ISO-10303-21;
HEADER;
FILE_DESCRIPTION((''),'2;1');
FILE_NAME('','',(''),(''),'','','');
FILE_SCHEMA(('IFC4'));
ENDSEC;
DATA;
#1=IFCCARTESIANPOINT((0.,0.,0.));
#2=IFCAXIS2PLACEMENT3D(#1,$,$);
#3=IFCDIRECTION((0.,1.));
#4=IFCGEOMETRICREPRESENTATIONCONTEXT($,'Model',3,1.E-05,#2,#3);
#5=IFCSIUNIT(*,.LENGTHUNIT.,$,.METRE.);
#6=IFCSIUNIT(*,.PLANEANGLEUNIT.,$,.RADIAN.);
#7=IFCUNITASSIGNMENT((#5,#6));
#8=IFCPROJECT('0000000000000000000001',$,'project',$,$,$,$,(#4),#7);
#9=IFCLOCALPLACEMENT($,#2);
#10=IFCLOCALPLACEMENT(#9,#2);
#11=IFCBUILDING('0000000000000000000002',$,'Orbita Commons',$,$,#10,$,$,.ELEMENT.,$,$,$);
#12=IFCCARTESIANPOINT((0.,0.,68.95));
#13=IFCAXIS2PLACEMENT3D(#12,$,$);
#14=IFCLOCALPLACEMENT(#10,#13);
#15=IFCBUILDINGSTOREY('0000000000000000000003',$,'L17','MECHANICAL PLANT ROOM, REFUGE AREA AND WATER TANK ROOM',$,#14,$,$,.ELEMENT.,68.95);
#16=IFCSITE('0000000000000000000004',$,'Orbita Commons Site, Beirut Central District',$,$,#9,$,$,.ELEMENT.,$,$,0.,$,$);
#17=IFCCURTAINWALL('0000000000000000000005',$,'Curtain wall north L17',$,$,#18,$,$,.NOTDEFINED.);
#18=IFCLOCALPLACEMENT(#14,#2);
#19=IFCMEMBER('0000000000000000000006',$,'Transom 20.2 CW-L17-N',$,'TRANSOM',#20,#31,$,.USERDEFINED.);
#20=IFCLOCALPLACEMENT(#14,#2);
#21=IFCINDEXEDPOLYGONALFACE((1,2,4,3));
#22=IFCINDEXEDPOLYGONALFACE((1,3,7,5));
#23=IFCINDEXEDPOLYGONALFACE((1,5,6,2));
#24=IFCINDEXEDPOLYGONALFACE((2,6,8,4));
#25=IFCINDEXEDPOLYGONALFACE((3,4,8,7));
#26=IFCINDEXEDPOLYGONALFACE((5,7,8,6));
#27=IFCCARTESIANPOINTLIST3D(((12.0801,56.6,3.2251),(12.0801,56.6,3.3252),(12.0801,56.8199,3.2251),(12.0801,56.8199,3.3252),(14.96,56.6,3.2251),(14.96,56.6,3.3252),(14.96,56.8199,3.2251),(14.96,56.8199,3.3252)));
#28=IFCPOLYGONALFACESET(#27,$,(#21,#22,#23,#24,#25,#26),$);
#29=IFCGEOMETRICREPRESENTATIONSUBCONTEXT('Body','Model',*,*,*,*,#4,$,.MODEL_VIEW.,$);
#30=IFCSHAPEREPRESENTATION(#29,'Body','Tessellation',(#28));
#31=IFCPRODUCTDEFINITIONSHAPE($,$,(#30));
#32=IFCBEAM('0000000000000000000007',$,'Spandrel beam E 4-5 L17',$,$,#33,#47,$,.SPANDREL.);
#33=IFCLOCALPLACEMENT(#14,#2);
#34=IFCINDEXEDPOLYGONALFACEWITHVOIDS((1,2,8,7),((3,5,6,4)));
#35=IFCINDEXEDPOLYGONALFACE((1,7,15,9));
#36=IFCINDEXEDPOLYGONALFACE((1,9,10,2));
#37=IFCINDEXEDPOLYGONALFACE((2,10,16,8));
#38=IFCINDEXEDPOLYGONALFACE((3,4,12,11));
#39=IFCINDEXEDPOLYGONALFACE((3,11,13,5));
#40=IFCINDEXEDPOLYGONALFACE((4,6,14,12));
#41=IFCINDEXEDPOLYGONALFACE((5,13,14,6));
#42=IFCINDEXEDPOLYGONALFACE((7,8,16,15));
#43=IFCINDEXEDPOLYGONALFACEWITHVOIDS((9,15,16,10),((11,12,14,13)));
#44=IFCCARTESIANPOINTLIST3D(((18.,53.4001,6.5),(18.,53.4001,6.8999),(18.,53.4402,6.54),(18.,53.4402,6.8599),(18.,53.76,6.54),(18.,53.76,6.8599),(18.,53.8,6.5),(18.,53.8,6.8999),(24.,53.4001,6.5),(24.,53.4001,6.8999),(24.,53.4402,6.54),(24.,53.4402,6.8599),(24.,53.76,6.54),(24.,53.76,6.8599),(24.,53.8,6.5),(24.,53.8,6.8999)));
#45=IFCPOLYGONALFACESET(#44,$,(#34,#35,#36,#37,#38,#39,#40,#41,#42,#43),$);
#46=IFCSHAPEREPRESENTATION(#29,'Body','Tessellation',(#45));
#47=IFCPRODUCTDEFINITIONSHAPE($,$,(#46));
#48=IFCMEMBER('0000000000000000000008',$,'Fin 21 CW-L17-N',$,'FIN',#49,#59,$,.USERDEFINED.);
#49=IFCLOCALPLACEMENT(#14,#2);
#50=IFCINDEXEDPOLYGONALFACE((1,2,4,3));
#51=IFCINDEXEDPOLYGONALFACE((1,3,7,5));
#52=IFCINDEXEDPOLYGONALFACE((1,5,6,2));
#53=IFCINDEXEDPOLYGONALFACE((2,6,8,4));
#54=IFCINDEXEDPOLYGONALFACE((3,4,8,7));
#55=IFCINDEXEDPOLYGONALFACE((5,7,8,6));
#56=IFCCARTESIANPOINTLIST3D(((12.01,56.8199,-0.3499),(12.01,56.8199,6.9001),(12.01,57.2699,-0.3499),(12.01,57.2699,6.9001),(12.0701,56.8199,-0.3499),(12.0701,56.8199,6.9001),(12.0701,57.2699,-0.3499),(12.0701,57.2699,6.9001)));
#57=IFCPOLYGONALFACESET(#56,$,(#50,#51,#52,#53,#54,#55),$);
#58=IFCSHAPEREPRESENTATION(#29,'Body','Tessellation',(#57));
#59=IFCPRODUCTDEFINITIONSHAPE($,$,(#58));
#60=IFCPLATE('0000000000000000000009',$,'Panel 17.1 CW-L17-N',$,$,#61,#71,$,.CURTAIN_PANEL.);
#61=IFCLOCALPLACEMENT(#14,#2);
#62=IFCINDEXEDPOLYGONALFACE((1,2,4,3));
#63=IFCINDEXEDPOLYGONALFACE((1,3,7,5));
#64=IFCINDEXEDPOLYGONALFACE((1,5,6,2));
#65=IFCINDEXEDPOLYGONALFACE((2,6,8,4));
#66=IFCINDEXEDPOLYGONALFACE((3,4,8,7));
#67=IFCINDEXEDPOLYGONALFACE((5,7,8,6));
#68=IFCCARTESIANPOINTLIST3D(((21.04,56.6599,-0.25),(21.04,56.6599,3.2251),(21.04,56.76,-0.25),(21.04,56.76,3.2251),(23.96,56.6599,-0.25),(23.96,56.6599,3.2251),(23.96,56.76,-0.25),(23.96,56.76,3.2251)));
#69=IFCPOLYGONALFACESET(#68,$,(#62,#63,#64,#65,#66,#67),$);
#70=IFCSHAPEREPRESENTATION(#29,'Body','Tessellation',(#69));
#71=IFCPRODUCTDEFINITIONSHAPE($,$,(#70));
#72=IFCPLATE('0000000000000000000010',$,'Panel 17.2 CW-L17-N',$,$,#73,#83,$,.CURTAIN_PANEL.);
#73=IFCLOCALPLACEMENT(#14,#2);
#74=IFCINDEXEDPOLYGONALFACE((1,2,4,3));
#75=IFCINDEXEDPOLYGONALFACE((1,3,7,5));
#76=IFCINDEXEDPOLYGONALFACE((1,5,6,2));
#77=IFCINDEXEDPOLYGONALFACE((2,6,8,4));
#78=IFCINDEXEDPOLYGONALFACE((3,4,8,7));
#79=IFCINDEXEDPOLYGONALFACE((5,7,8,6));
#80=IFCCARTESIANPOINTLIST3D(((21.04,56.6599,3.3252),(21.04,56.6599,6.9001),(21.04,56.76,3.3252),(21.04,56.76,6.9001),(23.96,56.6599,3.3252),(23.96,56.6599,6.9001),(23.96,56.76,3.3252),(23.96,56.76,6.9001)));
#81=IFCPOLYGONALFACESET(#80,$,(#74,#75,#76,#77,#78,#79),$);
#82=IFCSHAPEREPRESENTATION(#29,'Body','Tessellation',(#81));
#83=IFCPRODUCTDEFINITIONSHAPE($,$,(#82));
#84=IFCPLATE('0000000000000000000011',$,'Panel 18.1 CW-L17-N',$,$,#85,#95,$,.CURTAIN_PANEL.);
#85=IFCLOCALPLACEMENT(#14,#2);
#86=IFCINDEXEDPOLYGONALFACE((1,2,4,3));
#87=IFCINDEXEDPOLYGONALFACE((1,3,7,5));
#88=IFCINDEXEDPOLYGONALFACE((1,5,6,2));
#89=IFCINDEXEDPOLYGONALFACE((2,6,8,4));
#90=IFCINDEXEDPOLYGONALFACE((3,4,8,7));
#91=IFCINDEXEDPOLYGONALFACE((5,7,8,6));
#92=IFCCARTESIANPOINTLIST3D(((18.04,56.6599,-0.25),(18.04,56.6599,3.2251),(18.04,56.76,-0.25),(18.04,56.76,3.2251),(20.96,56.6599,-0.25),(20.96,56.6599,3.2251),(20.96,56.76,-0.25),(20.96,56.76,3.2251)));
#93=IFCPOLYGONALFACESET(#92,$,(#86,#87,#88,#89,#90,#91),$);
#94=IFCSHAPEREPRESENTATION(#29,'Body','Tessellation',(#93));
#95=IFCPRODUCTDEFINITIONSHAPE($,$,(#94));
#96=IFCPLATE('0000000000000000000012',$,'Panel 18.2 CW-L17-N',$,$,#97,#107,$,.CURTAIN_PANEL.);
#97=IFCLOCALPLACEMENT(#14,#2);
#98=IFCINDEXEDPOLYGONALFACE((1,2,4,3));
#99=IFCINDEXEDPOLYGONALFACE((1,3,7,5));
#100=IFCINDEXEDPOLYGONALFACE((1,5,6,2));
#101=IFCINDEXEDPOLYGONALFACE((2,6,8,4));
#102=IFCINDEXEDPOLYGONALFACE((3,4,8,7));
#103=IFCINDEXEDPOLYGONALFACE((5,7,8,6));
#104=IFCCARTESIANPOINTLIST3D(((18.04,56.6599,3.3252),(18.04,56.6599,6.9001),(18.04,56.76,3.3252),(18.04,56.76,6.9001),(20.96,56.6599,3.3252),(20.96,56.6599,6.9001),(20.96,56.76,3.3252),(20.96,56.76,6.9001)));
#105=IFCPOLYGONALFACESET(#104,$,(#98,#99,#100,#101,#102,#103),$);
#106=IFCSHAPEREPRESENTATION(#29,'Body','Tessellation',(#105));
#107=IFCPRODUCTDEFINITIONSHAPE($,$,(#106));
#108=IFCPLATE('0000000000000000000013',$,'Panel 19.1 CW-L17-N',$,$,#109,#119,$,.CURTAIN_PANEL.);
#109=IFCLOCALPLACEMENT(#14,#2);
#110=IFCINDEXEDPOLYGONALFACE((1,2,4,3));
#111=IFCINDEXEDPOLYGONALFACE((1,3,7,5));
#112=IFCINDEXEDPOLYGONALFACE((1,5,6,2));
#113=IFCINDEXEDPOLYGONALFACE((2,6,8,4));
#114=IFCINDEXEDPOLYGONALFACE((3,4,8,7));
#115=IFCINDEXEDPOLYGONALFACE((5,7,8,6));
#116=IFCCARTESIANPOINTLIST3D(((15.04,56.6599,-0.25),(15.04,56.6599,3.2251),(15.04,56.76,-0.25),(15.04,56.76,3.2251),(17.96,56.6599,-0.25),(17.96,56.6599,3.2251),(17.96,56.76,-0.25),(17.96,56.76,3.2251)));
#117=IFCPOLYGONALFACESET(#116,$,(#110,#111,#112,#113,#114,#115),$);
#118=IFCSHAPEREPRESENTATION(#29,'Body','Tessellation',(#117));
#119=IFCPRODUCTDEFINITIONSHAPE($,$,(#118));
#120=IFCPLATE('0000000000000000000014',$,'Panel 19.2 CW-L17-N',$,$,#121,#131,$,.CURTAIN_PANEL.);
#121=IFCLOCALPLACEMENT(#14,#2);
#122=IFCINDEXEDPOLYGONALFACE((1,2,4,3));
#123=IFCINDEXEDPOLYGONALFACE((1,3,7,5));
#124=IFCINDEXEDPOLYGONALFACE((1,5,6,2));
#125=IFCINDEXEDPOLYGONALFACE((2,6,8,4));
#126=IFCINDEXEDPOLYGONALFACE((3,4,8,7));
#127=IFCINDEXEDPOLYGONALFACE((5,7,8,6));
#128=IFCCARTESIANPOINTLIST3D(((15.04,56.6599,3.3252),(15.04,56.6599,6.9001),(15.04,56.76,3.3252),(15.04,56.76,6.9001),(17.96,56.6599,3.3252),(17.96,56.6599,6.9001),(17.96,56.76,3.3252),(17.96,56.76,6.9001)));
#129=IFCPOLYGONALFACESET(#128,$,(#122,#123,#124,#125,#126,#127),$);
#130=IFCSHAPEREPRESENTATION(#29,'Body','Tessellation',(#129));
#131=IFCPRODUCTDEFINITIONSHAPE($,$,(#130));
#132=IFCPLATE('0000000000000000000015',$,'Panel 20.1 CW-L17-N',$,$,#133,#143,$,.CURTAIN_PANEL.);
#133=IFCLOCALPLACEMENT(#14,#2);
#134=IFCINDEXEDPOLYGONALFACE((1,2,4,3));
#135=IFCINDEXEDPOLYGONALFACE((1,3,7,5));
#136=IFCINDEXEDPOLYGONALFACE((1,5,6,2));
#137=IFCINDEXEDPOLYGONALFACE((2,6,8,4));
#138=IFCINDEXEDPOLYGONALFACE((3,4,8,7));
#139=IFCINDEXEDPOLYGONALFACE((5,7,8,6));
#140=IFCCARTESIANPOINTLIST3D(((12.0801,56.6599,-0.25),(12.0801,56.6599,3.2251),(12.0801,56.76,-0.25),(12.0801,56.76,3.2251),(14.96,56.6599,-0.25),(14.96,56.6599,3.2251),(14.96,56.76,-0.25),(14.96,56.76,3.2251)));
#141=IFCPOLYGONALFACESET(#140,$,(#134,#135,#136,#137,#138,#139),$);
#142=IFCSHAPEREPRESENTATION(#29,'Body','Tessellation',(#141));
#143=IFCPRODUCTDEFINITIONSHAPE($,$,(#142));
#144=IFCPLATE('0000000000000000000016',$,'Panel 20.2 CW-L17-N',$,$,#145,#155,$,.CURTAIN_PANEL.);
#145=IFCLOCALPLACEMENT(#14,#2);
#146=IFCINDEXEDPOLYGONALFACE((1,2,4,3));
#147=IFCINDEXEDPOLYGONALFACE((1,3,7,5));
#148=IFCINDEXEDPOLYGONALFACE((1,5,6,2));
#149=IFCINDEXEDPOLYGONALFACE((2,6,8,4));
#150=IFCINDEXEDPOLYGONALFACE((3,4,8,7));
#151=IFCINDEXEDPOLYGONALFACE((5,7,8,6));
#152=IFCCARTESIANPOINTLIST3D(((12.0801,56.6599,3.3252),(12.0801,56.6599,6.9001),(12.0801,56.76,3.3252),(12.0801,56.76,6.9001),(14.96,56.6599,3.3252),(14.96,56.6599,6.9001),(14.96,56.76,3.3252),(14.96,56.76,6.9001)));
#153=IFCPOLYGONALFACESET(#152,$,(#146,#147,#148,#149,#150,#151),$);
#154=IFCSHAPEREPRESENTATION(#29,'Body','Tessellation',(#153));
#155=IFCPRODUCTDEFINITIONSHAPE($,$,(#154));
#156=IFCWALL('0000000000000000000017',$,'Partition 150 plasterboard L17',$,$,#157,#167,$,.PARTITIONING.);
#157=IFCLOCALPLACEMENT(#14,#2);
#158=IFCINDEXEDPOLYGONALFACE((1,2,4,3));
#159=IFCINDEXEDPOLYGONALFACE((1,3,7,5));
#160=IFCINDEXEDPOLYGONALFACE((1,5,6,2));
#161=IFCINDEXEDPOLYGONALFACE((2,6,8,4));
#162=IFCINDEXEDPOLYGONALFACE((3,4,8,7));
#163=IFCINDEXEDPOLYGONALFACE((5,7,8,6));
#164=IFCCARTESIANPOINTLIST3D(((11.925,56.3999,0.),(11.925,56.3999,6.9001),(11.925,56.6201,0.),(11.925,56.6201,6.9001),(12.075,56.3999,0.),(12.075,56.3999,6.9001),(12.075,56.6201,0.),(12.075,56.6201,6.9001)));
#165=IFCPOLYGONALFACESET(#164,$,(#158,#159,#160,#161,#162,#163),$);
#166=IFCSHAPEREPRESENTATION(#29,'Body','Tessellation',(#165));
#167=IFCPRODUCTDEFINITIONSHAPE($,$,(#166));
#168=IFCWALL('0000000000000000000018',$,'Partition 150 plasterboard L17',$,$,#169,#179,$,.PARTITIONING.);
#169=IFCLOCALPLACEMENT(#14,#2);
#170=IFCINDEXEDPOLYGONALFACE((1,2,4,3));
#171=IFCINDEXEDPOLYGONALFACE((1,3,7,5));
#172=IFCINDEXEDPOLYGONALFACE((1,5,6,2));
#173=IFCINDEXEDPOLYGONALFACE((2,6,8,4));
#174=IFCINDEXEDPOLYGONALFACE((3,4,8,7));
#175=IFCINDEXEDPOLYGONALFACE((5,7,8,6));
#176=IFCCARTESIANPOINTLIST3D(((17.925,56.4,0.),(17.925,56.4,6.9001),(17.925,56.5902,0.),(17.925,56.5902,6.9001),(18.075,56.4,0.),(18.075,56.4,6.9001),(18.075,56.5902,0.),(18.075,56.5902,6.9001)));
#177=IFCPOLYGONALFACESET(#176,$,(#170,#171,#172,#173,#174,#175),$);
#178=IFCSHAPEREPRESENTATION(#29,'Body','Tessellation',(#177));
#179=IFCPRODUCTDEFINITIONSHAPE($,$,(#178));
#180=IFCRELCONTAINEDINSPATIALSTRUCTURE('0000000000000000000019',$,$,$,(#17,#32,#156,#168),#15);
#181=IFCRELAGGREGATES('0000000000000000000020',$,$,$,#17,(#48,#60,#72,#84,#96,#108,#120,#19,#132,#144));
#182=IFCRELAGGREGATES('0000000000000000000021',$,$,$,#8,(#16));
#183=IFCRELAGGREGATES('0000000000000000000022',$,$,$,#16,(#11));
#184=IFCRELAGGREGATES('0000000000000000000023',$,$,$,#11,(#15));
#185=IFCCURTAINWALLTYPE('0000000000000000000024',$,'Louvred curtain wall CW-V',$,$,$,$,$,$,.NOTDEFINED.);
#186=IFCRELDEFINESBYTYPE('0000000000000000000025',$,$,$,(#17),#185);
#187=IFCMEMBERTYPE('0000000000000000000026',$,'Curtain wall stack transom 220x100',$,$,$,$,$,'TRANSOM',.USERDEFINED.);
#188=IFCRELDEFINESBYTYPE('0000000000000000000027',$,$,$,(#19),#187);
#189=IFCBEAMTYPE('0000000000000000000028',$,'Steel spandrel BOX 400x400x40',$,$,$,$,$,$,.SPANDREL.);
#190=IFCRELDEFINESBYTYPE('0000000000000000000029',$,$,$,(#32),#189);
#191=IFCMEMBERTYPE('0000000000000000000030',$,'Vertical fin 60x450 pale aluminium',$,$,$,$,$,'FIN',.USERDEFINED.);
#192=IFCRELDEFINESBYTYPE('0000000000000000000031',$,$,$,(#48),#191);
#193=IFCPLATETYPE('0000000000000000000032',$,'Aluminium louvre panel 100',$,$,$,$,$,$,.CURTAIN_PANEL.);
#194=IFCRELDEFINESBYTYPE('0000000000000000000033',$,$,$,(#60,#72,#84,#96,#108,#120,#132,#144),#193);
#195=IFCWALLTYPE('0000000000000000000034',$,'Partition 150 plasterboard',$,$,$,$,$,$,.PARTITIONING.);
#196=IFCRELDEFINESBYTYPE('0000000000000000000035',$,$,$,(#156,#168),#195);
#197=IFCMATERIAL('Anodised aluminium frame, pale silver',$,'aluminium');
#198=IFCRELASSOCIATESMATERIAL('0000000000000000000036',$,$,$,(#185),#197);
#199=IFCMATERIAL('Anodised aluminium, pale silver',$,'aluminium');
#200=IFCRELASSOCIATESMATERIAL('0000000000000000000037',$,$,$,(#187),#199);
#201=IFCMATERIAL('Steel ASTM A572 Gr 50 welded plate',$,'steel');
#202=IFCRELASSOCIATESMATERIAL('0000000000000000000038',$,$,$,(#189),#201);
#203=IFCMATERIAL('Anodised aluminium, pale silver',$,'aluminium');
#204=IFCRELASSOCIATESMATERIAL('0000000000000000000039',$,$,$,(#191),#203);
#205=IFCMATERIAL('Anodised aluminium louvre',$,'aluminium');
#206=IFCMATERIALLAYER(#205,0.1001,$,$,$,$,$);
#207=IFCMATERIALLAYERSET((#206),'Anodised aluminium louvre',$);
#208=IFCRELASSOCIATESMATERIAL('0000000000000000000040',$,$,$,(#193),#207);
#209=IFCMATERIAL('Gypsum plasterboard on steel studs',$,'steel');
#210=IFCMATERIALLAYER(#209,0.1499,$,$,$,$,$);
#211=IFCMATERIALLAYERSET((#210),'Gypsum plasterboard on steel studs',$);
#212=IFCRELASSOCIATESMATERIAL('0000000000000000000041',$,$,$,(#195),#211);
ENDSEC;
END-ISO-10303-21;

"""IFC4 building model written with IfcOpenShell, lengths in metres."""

from ifc_helpers import new_model, si_unit, direction, frame, frame_2d, origin, origin_2d, place, context, subcontext, project, spatial, rectangle, hollow_rectangle, extrude, material, layer, layer_set, material_profile, profile_set, type_object, element, aggregate, save


model = new_model("IFC4")

# Units and contexts
model_context = context("Model", 3, precision=1e-05, world=origin(), true_north=direction((0.0, 1.0)))
body_context = subcontext(model_context, "Body", "Model", "MODEL_VIEW")
ifc_project = project(units=[si_unit("LENGTHUNIT", "METRE"), si_unit("PLANEANGLEUNIT", "RADIAN")], contexts=[model_context])

# Site, building, storey
site_placement = place(None, origin())
site = spatial("IfcSite", under=ifc_project, at=site_placement, Name="Orbita Commons Site, Beirut Central District", CompositionType="ELEMENT", RefElevation=0.0)
building_placement = place(site_placement, origin())
building = spatial("IfcBuilding", under=site, at=building_placement, Name="Orbita Commons", CompositionType="ELEMENT")
storey_placement = place(building_placement, frame((0.0, 0.0, 68.95)))
storey = spatial("IfcBuildingStorey", under=building, at=storey_placement, Name="L17", Description="MECHANICAL PLANT ROOM, REFUGE AREA AND WATER TANK ROOM", CompositionType="ELEMENT", Elevation=68.95)

# Curtain wall, member
ifc_material_1 = material(Name="Anodised aluminium frame, pale silver", Category="aluminium")
curtain_wall_type = type_object("IfcCurtainWallType", Name="Louvred curtain wall CW-V", PredefinedType="NOTDEFINED", material=ifc_material_1)
curtain_wall_placement = place(storey_placement, origin())
curtain_wall = element("IfcCurtainWall", 1, at=curtain_wall_placement, inside=storey, type_object=curtain_wall_type, Name="Curtain wall north L17", PredefinedType="NOTDEFINED")
ifc_material_2 = material(Name="Anodised aluminium, pale silver", Category="aluminium")
ifc_material_profile_1 = material_profile(ifc_material_2, rectangle(XDim=0.22, YDim=0.1001, at=origin_2d()), Name="AL 220x100")
ifc_profile_set_1 = profile_set([ifc_material_profile_1], Name="Anodised aluminium, pale silver")
member_type_1 = type_object("IfcMemberType", Name="Curtain wall stack transom 220x100", ElementType="TRANSOM", PredefinedType="USERDEFINED", material=ifc_profile_set_1)
member_1_placement = place(storey_placement, frame((14.96, 56.71, 3.2751), z_axis=(-1.0, 0.0, 0.0), x_axis=(0.0, -1.0, 0.0)))
member_1 = element("IfcMember", 2, at=member_1_placement, type_object=member_type_1, Name="Transom 20.2 CW-L17-N", ObjectType="TRANSOM", PredefinedType="USERDEFINED", context=body_context, shape_type="SweptSolid", body=[
    extrude(rectangle(XDim=0.22, YDim=0.1001, at=origin_2d()), origin(), (0.0, 0.0, 1.0), 2.8799),
])

# Beam
ifc_material_3 = material(Name="Steel ASTM A572 Gr 50 welded plate", Category="steel")
ifc_material_profile_2 = material_profile(ifc_material_3, hollow_rectangle(XDim=0.3999, YDim=0.3999, WallThickness=0.04, at=origin_2d()), Name="BOX 400x400x40")
ifc_profile_set_2 = profile_set([ifc_material_profile_2], Name="Steel ASTM A572 Gr 50 welded plate")
beam_type = type_object("IfcBeamType", Name="Steel spandrel BOX 400x400x40", PredefinedType="SPANDREL", material=ifc_profile_set_2)
beam_placement = place(storey_placement, frame((18.0, 53.6001, 6.7), z_axis=(1.0, 0.0, 0.0), x_axis=(0.0, 1.0, 0.0)))
element("IfcBeam", 3, at=beam_placement, inside=storey, type_object=beam_type, Name="Spandrel beam E 4-5 L17", PredefinedType="SPANDREL", context=body_context, shape_type="SweptSolid", body=[
    extrude(hollow_rectangle(XDim=0.3999, YDim=0.3999, WallThickness=0.04, at=origin_2d()), origin(), (0.0, 0.0, 1.0), 6.0),
])

# Member
ifc_material_4 = material(Name="Anodised aluminium, pale silver", Category="aluminium")
ifc_material_profile_3 = material_profile(ifc_material_4, rectangle(XDim=0.0601, YDim=0.45, at=origin_2d()), Name="FIN 60x450")
ifc_profile_set_3 = profile_set([ifc_material_profile_3], Name="Anodised aluminium, pale silver")
member_type_2 = type_object("IfcMemberType", Name="Vertical fin 60x450 pale aluminium", ElementType="FIN", PredefinedType="USERDEFINED", material=ifc_profile_set_3)
member_2_placement = place(storey_placement, frame((12.04, 57.0449, -0.3499), z_axis=(0.0, 0.0, 1.0), x_axis=(-1.0, 0.0, 0.0)))
member_2 = element("IfcMember", 4, at=member_2_placement, type_object=member_type_2, Name="Fin 21 CW-L17-N", ObjectType="FIN", PredefinedType="USERDEFINED", context=body_context, shape_type="SweptSolid", body=[
    extrude(rectangle(XDim=0.0601, YDim=0.45, at=origin_2d()), origin(), (0.0, 0.0, 1.0), 7.25),
])

# Plates
ifc_material_5 = material(Name="Anodised aluminium louvre", Category="aluminium")
ifc_layer_1 = layer(ifc_material_5, 0.1001)
ifc_layer_set_1 = layer_set([ifc_layer_1], Name="Anodised aluminium louvre")
plate_type = type_object("IfcPlateType", Name="Aluminium louvre panel 100", PredefinedType="CURTAIN_PANEL", material=ifc_layer_set_1)
plate_1_placement = place(storey_placement, frame((22.5, 56.71, -0.25), z_axis=(0.0, 0.0, 1.0), x_axis=(-1.0, 0.0, 0.0)))
plate_1 = element("IfcPlate", 5, at=plate_1_placement, type_object=plate_type, Name="Panel 17.1 CW-L17-N", PredefinedType="CURTAIN_PANEL", context=body_context, shape_type="SweptSolid", body=[
    extrude(rectangle(XDim=2.9199, YDim=0.1001, at=origin_2d()), origin(), (0.0, 0.0, 1.0), 3.4751),
])
plate_2_placement = place(storey_placement, frame((22.5, 56.71, 3.3252), z_axis=(0.0, 0.0, 1.0), x_axis=(-1.0, 0.0, 0.0)))
plate_2 = element("IfcPlate", 6, at=plate_2_placement, type_object=plate_type, Name="Panel 17.2 CW-L17-N", PredefinedType="CURTAIN_PANEL", context=body_context, shape_type="SweptSolid", body=[
    extrude(rectangle(XDim=2.9199, YDim=0.1001, at=origin_2d()), origin(), (0.0, 0.0, 1.0), 3.575),
])
plate_3_placement = place(storey_placement, frame((19.5, 56.71, -0.25), z_axis=(0.0, 0.0, 1.0), x_axis=(-1.0, 0.0, 0.0)))
plate_3 = element("IfcPlate", 7, at=plate_3_placement, type_object=plate_type, Name="Panel 18.1 CW-L17-N", PredefinedType="CURTAIN_PANEL", context=body_context, shape_type="SweptSolid", body=[
    extrude(rectangle(XDim=2.9199, YDim=0.1001, at=origin_2d()), origin(), (0.0, 0.0, 1.0), 3.4751),
])
plate_4_placement = place(storey_placement, frame((19.5, 56.71, 3.3252), z_axis=(0.0, 0.0, 1.0), x_axis=(-1.0, 0.0, 0.0)))
plate_4 = element("IfcPlate", 8, at=plate_4_placement, type_object=plate_type, Name="Panel 18.2 CW-L17-N", PredefinedType="CURTAIN_PANEL", context=body_context, shape_type="SweptSolid", body=[
    extrude(rectangle(XDim=2.9199, YDim=0.1001, at=origin_2d()), origin(), (0.0, 0.0, 1.0), 3.575),
])
plate_5_placement = place(storey_placement, frame((16.5, 56.71, -0.25), z_axis=(0.0, 0.0, 1.0), x_axis=(-1.0, 0.0, 0.0)))
plate_5 = element("IfcPlate", 9, at=plate_5_placement, type_object=plate_type, Name="Panel 19.1 CW-L17-N", PredefinedType="CURTAIN_PANEL", context=body_context, shape_type="SweptSolid", body=[
    extrude(rectangle(XDim=2.9199, YDim=0.1001, at=origin_2d()), origin(), (0.0, 0.0, 1.0), 3.4751),
])
plate_6_placement = place(storey_placement, frame((16.5, 56.71, 3.3252), z_axis=(0.0, 0.0, 1.0), x_axis=(-1.0, 0.0, 0.0)))
plate_6 = element("IfcPlate", 10, at=plate_6_placement, type_object=plate_type, Name="Panel 19.2 CW-L17-N", PredefinedType="CURTAIN_PANEL", context=body_context, shape_type="SweptSolid", body=[
    extrude(rectangle(XDim=2.9199, YDim=0.1001, at=origin_2d()), origin(), (0.0, 0.0, 1.0), 3.575),
])
plate_7_placement = place(storey_placement, frame((13.52, 56.71, -0.25), z_axis=(0.0, 0.0, 1.0), x_axis=(-1.0, 0.0, 0.0)))
plate_7 = element("IfcPlate", 11, at=plate_7_placement, type_object=plate_type, Name="Panel 20.1 CW-L17-N", PredefinedType="CURTAIN_PANEL", context=body_context, shape_type="SweptSolid", body=[
    extrude(rectangle(XDim=2.8799, YDim=0.1001, at=origin_2d()), origin(), (0.0, 0.0, 1.0), 3.4751),
])
plate_8_placement = place(storey_placement, frame((13.52, 56.71, 3.3252), z_axis=(0.0, 0.0, 1.0), x_axis=(-1.0, 0.0, 0.0)))
plate_8 = element("IfcPlate", 12, at=plate_8_placement, type_object=plate_type, Name="Panel 20.2 CW-L17-N", PredefinedType="CURTAIN_PANEL", context=body_context, shape_type="SweptSolid", body=[
    extrude(rectangle(XDim=2.8799, YDim=0.1001, at=origin_2d()), origin(), (0.0, 0.0, 1.0), 3.575),
])
aggregate(curtain_wall, [member_2, plate_1, plate_2, plate_3, plate_4, plate_5, plate_6, member_1, plate_7, plate_8])

# Walls
ifc_material_6 = material(Name="Gypsum plasterboard on steel studs", Category="steel")
ifc_layer_2 = layer(ifc_material_6, 0.1499)
ifc_layer_set_2 = layer_set([ifc_layer_2], Name="Gypsum plasterboard on steel studs")
wall_type_1 = type_object("IfcWallType", Name="Partition 150 plasterboard", PredefinedType="PARTITIONING", material=ifc_layer_set_2)
wall_1_placement = place(storey_placement, frame((12.0, 56.3999, 0.0), z_axis=(0.0, 0.0, 1.0), x_axis=(0.0, 1.0, 0.0)))
element("IfcWall", 13, at=wall_1_placement, inside=storey, type_object=wall_type_1, Name="Partition 150 plasterboard L17", PredefinedType="PARTITIONING", context=body_context, shape_type="SweptSolid", body=[
    extrude(rectangle(XDim=0.2202, YDim=0.1499, at=frame_2d((0.1101, 0.0))), origin(), (0.0, 0.0, 1.0), 6.9001),
])
wall_2_placement = place(storey_placement, frame((18.0, 56.3999, 0.0), z_axis=(0.0, 0.0, 1.0), x_axis=(0.0, 1.0, 0.0)))
element("IfcWall", 14, at=wall_2_placement, inside=storey, type_object=wall_type_1, Name="Partition 150 plasterboard L17", PredefinedType="PARTITIONING", context=body_context, shape_type="SweptSolid", body=[
    extrude(rectangle(XDim=0.1902, YDim=0.1499, at=frame_2d((0.0952, 0.0))), origin(), (0.0, 0.0, 1.0), 6.9001),
])

save(model, "model.ifc")
